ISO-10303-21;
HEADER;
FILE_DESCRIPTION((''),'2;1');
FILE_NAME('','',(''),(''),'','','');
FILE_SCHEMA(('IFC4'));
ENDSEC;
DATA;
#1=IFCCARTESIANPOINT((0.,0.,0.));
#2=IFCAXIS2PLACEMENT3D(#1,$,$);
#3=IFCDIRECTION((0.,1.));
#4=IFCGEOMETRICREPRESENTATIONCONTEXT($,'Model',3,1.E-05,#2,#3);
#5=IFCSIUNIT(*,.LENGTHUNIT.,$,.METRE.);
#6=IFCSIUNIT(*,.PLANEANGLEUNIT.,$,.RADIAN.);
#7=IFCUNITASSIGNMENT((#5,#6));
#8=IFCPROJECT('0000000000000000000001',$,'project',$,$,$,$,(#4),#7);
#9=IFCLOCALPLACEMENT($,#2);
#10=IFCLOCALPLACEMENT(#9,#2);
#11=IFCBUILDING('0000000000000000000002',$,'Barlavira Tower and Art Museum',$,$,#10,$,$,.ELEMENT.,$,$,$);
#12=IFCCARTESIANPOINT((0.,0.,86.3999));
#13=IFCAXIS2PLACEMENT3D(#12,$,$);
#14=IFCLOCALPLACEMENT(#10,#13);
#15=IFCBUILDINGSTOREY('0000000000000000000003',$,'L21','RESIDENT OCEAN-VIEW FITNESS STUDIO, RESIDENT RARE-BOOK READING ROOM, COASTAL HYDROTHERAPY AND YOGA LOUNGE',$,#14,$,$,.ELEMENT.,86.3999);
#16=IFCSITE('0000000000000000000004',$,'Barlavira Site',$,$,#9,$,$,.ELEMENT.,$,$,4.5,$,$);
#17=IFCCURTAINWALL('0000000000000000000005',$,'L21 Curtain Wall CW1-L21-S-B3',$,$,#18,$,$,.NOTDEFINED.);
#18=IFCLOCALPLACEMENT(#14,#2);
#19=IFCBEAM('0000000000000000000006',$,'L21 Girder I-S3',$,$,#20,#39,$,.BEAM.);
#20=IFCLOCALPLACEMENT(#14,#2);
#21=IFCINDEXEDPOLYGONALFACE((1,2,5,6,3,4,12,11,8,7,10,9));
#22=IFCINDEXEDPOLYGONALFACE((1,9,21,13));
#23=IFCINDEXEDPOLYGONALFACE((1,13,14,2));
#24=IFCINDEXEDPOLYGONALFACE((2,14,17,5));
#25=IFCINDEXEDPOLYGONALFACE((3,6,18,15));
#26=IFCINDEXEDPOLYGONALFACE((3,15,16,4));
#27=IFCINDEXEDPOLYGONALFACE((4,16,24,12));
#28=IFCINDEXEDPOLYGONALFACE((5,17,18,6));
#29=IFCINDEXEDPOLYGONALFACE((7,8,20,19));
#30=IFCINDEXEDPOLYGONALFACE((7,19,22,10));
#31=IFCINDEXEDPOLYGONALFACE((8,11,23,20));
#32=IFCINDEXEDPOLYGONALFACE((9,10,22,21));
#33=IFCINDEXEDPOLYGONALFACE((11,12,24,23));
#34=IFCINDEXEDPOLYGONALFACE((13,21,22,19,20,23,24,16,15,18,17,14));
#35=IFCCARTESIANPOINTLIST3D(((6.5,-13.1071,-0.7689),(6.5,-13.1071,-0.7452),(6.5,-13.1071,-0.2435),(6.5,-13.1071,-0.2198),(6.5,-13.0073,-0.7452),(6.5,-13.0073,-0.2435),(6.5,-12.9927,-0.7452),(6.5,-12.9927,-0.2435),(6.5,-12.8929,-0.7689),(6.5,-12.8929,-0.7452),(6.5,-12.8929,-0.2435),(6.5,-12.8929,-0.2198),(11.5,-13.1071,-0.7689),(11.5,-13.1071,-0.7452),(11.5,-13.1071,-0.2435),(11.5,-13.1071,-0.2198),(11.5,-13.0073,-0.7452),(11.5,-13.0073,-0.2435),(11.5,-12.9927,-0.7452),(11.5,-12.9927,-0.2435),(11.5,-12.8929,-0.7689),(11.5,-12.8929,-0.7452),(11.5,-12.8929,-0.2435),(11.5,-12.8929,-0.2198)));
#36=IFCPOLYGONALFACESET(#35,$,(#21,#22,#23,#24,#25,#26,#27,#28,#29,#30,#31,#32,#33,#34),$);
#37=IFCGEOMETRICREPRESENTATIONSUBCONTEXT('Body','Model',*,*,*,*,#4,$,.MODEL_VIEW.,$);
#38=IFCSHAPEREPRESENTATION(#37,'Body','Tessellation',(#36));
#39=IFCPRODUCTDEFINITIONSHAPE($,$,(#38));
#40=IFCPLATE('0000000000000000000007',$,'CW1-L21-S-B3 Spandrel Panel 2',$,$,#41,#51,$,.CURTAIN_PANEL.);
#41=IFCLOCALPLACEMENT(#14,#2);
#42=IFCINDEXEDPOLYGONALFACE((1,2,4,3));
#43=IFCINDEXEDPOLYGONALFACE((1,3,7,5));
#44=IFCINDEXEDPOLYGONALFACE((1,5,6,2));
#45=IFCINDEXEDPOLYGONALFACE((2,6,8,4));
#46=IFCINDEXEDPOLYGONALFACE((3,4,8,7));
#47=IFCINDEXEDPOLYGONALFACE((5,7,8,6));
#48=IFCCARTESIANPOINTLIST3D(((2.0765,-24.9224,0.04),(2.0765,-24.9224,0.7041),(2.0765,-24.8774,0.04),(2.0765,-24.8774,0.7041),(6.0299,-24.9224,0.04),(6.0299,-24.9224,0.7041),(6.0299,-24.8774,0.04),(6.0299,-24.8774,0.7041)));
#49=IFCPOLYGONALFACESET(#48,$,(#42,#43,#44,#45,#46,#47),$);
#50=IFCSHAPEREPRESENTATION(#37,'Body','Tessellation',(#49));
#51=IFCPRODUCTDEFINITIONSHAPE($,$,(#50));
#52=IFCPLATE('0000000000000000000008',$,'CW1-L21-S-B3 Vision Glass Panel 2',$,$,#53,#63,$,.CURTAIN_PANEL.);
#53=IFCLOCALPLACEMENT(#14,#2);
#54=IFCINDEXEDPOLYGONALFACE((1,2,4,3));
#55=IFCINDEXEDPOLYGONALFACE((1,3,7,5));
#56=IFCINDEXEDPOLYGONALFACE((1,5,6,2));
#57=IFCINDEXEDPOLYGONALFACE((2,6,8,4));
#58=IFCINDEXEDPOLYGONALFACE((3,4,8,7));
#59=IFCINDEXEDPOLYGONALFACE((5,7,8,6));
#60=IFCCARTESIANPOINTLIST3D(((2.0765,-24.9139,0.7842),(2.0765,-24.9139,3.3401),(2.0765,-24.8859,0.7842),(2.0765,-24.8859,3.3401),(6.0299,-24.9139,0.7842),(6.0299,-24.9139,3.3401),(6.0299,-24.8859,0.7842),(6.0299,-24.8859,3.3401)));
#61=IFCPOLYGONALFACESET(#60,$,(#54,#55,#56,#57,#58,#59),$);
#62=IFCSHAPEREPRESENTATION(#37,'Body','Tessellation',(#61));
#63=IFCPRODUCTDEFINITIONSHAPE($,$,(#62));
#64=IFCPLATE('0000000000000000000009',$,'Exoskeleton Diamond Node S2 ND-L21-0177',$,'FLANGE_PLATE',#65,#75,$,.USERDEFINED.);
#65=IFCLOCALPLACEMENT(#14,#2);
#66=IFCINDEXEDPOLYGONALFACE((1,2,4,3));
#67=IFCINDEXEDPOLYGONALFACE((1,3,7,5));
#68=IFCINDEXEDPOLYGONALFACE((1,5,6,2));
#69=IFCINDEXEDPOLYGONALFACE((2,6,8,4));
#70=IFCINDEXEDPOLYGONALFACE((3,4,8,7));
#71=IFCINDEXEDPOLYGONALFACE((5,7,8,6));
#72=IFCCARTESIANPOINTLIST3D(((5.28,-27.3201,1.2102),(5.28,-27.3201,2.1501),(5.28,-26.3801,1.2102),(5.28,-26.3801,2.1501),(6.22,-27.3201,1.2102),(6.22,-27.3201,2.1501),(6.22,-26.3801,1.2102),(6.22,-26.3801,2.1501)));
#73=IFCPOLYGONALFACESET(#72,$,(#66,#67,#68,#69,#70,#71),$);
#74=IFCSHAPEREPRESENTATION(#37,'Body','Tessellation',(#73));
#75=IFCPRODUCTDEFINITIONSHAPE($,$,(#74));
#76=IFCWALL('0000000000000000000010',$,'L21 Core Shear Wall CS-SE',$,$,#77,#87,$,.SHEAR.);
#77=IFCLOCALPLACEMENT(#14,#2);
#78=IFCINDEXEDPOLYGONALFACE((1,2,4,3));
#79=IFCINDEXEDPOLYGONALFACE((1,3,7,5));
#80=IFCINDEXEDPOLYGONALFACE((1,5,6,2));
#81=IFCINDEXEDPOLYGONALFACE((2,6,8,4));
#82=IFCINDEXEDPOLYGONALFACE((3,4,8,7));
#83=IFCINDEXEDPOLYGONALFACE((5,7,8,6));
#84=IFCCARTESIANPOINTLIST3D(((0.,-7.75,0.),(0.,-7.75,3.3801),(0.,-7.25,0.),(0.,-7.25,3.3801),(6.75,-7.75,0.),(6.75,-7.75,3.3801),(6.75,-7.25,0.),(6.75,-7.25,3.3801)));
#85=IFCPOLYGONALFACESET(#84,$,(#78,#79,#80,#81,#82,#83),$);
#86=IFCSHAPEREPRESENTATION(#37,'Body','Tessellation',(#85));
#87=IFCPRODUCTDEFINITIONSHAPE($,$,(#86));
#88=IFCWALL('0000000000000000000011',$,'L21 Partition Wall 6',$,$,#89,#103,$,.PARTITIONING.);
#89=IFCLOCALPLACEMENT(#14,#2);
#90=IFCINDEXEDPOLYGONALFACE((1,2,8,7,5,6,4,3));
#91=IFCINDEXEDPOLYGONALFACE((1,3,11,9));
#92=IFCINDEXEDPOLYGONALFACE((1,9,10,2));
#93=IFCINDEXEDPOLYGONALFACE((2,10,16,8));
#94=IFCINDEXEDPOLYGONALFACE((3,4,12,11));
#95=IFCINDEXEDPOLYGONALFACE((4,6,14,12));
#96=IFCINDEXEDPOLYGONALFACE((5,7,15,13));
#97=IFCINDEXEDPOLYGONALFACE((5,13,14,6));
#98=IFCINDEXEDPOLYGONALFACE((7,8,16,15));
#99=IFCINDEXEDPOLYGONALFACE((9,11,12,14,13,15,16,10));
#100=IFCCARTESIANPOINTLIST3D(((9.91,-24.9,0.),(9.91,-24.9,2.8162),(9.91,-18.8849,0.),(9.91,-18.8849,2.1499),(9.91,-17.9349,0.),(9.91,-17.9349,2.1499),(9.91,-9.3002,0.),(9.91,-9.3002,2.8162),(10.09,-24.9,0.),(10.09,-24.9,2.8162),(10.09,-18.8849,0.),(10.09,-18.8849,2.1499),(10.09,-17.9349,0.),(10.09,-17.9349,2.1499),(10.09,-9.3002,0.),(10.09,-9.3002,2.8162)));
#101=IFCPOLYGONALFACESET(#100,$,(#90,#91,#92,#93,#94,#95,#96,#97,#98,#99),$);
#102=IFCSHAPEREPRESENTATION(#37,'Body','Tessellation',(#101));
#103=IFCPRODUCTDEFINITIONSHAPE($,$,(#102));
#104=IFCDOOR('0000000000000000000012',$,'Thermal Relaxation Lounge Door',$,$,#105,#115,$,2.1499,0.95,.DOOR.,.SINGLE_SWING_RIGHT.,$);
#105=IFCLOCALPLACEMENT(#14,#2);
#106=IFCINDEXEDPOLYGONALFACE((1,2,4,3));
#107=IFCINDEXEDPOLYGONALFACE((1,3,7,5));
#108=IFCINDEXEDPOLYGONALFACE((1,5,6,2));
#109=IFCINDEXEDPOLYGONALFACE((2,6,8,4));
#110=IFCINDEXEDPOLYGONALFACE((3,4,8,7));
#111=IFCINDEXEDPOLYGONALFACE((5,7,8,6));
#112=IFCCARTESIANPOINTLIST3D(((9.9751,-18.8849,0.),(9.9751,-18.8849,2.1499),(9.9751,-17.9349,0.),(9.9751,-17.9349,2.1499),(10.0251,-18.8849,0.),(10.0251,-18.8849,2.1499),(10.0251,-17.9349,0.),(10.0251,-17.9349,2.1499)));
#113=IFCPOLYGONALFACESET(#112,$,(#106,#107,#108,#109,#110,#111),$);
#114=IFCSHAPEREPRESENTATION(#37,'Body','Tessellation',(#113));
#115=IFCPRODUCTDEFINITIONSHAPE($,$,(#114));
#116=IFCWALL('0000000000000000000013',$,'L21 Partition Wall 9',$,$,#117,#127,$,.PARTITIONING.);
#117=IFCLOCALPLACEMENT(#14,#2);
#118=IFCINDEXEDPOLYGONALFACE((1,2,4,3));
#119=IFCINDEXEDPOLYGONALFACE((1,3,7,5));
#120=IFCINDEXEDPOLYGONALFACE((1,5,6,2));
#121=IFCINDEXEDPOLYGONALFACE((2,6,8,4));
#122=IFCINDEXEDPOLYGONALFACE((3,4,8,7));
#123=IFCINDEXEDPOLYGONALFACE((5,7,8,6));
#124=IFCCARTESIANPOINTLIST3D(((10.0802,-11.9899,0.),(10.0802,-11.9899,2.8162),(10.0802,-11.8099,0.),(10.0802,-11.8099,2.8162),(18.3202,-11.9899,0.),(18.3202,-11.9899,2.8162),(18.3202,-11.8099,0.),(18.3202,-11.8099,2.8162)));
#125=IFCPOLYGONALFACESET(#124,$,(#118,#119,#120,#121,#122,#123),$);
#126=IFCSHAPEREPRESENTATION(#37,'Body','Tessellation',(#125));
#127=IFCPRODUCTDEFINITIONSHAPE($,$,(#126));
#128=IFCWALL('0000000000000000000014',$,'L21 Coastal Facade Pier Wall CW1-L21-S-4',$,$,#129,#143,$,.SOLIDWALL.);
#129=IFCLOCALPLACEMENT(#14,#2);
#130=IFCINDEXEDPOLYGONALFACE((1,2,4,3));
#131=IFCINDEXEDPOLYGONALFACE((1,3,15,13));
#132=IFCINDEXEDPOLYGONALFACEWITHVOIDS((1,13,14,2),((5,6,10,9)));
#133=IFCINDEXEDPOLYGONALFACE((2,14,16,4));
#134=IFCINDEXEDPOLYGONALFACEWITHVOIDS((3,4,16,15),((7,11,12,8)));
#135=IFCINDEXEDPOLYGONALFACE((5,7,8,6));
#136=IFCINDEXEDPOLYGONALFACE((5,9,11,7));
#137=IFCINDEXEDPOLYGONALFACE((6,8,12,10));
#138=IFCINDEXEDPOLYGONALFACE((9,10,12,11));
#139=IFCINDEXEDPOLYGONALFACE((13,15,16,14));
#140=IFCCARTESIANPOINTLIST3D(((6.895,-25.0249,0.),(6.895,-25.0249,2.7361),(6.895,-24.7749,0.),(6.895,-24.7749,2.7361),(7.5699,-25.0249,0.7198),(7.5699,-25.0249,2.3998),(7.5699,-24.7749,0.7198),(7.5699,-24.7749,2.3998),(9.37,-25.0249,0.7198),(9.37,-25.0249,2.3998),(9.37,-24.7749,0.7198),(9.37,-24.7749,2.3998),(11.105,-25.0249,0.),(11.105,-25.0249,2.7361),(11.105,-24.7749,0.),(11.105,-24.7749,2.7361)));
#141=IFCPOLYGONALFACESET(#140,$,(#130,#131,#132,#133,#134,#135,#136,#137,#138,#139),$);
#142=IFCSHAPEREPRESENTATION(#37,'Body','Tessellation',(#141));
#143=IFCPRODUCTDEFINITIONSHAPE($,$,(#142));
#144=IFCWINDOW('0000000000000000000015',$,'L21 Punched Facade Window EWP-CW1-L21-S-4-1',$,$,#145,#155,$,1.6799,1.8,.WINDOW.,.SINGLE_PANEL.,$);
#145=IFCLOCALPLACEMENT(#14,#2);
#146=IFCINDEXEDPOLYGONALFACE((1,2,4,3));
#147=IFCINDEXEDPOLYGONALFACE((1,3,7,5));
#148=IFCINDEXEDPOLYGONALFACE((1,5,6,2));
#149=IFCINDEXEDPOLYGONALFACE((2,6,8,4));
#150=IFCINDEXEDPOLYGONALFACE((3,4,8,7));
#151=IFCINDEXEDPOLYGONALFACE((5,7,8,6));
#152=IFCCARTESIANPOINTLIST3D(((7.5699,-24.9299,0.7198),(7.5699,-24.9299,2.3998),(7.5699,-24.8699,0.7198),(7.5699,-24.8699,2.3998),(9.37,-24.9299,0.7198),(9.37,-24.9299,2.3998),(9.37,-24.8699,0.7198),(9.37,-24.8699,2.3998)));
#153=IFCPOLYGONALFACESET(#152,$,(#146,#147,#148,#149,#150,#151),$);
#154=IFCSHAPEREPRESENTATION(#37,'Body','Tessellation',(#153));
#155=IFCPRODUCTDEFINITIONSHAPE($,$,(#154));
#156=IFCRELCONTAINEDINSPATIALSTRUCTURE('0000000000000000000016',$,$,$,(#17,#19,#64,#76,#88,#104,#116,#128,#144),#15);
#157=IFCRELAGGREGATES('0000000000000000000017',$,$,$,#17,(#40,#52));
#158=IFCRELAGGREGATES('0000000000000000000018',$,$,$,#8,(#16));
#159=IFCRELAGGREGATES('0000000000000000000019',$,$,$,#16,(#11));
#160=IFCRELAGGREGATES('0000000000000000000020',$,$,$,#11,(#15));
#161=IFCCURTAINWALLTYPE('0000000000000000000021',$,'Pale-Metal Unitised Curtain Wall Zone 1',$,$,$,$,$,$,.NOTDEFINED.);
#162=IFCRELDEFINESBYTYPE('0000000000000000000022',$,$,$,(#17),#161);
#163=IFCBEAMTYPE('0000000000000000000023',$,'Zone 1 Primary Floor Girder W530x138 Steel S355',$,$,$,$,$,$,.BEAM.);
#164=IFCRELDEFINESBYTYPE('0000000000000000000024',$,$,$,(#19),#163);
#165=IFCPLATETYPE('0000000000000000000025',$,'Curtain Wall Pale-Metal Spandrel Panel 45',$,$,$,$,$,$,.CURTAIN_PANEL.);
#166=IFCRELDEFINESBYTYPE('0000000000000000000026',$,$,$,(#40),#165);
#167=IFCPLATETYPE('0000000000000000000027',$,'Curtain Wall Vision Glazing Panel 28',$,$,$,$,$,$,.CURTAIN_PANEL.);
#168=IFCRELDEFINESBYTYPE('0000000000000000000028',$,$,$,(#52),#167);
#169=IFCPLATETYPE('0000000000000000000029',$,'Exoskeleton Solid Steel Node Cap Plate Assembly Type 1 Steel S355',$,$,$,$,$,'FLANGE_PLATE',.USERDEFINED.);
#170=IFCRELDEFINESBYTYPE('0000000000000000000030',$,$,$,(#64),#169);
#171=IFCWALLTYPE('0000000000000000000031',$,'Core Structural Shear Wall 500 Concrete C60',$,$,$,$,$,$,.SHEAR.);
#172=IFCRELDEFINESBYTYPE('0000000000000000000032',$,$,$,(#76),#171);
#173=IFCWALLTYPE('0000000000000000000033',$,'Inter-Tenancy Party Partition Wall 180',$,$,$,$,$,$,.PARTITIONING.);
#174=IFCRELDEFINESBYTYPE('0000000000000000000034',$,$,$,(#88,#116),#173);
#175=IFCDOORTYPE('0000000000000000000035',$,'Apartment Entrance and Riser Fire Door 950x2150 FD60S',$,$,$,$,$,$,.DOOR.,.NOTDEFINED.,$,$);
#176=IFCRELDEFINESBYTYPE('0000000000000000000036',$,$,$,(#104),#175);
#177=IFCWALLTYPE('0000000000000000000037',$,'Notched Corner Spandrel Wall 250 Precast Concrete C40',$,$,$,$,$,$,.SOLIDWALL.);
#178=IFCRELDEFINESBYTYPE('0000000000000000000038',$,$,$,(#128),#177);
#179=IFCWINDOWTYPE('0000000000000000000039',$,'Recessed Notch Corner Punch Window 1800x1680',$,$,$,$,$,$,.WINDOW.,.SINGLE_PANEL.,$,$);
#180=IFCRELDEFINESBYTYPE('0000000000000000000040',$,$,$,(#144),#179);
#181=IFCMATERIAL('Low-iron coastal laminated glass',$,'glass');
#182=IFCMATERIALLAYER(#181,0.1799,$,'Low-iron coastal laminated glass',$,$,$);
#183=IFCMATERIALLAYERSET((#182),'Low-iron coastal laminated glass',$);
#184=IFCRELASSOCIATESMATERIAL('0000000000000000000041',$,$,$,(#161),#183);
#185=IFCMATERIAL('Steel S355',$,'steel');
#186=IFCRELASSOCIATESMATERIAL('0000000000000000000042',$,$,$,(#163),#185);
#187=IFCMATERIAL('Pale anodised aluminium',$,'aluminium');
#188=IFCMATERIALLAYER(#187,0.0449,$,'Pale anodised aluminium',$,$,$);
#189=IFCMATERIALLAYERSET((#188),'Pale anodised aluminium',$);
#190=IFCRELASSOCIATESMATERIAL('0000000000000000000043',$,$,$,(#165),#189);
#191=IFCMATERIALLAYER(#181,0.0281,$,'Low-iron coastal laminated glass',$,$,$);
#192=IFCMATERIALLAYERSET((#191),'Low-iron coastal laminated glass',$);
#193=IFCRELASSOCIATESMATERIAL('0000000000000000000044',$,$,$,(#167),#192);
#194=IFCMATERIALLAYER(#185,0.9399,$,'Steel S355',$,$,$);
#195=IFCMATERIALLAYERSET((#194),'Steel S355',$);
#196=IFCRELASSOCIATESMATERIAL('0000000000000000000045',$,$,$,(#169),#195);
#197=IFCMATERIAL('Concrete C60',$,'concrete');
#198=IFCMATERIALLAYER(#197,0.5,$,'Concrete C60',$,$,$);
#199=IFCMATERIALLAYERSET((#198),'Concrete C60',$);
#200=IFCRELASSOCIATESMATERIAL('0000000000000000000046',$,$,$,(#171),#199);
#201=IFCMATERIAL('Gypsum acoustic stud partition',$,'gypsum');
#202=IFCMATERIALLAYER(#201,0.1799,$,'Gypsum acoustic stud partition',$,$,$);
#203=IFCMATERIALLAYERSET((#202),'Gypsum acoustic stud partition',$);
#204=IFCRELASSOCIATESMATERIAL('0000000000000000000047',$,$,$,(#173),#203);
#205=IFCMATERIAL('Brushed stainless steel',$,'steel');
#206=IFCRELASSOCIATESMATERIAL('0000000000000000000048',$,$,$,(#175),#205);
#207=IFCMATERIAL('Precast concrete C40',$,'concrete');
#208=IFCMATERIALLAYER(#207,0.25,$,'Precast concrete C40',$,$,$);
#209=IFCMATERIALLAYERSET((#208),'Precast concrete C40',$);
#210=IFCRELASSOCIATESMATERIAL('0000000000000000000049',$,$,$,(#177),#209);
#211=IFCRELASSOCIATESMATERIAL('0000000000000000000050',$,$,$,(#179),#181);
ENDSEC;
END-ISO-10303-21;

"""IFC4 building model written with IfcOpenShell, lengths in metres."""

from ifc_helpers import new_model, si_unit, direction, frame, frame_2d, origin, origin_2d, place, context, subcontext, project, spatial, rectangle, i_section, extrude, material, layer, layer_set, material_profile, profile_set, type_object, element, fill, aggregate, save


model = new_model("IFC4")

# Units and contexts
model_context = context("Model", 3, precision=1e-05, world=origin(), true_north=direction((0.0, 1.0)))
body_context = subcontext(model_context, "Body", "Model", "MODEL_VIEW")
ifc_project = project(units=[si_unit("LENGTHUNIT", "METRE"), si_unit("PLANEANGLEUNIT", "RADIAN")], contexts=[model_context])

# Site, building, storey
site_placement = place(None, origin())
site = spatial("IfcSite", under=ifc_project, at=site_placement, Name="Barlavira Site", CompositionType="ELEMENT", RefElevation=4.5)
building_placement = place(site_placement, origin())
building = spatial("IfcBuilding", under=site, at=building_placement, Name="Barlavira Tower and Art Museum", CompositionType="ELEMENT")
storey_placement = place(building_placement, frame((0.0, 0.0, 86.3999)))
storey = spatial("IfcBuildingStorey", under=building, at=storey_placement, Name="L21", Description="RESIDENT OCEAN-VIEW FITNESS STUDIO, RESIDENT RARE-BOOK READING ROOM, COASTAL HYDROTHERAPY AND YOGA LOUNGE", CompositionType="ELEMENT", Elevation=86.3999)

# Shared definitions
ifc_material_1 = material(Name="Concrete C60", Category="concrete")

# Curtain wall
ifc_material_2 = material(Name="Low-iron coastal laminated glass", Category="glass")
ifc_layer_1 = layer(ifc_material_2, 0.1799, Name="Low-iron coastal laminated glass")
ifc_layer_set_1 = layer_set([ifc_layer_1], Name="Low-iron coastal laminated glass")
curtain_wall_type = type_object("IfcCurtainWallType", Name="Pale-Metal Unitised Curtain Wall Zone 1", PredefinedType="NOTDEFINED", material=ifc_layer_set_1)
curtain_wall_placement = place(storey_placement, origin())
curtain_wall = element("IfcCurtainWall", 1, at=curtain_wall_placement, inside=storey, type_object=curtain_wall_type, Name="L21 Curtain Wall CW1-L21-S-B3", PredefinedType="NOTDEFINED")
ifc_material_3 = material(Name="Pale anodised aluminium", Category="aluminium")

# Beam
ifc_material_4 = material(Name="Steel S355", Category="steel")
ifc_material_profile_1 = material_profile(ifc_material_4, i_section(OverallWidth=0.2141, OverallDepth=0.5491, WebThickness=0.0146, FlangeThickness=0.0237, at=origin_2d()), Name="W530x138.0")
ifc_profile_set_1 = profile_set([ifc_material_profile_1], Name="Steel S355")
beam_type_1 = type_object("IfcBeamType", Name="Zone 1 Primary Floor Girder W530x138 Steel S355", PredefinedType="BEAM", material=ifc_profile_set_1)
beam_1_placement = place(storey_placement, frame((6.5, -13.0, -0.4944), z_axis=(1.0, 0.0, 0.0), x_axis=(0.0, 1.0, 0.0)))
element("IfcBeam", 2, at=beam_1_placement, inside=storey, type_object=beam_type_1, Name="L21 Girder I-S3", PredefinedType="BEAM", context=body_context, shape_type="SweptSolid", body=[
    extrude(i_section(OverallWidth=0.2141, OverallDepth=0.5491, WebThickness=0.0146, FlangeThickness=0.0237, at=origin_2d()), origin(), (0.0, 0.0, 1.0), 5.0),
])

# Plates
ifc_layer_2 = layer(ifc_material_3, 0.0449, Name="Pale anodised aluminium")
ifc_layer_set_2 = layer_set([ifc_layer_2], Name="Pale anodised aluminium")
plate_type_1 = type_object("IfcPlateType", Name="Curtain Wall Pale-Metal Spandrel Panel 45", PredefinedType="CURTAIN_PANEL", material=ifc_layer_set_2)
plate_1_placement = place(storey_placement, frame((4.0532, -24.8999, 0.04), z_axis=(0.0, 0.0, 1.0), x_axis=(1.0, 0.0, 0.0)))
plate_1 = element("IfcPlate", 3, at=plate_1_placement, type_object=plate_type_1, Name="CW1-L21-S-B3 Spandrel Panel 2", PredefinedType="CURTAIN_PANEL", context=body_context, shape_type="SweptSolid", body=[
    extrude(rectangle(XDim=3.9534, YDim=0.0449, at=origin_2d()), origin(), (0.0, 0.0, 1.0), 0.6641),
])
ifc_layer_3 = layer(ifc_material_2, 0.0281, Name="Low-iron coastal laminated glass")
ifc_layer_set_3 = layer_set([ifc_layer_3], Name="Low-iron coastal laminated glass")
plate_type_2 = type_object("IfcPlateType", Name="Curtain Wall Vision Glazing Panel 28", PredefinedType="CURTAIN_PANEL", material=ifc_layer_set_3)
plate_2_placement = place(storey_placement, frame((4.0532, -24.8999, 0.7842), z_axis=(0.0, 0.0, 1.0), x_axis=(1.0, 0.0, 0.0)))
plate_2 = element("IfcPlate", 4, at=plate_2_placement, type_object=plate_type_2, Name="CW1-L21-S-B3 Vision Glass Panel 2", PredefinedType="CURTAIN_PANEL", context=body_context, shape_type="SweptSolid", body=[
    extrude(rectangle(XDim=3.9534, YDim=0.0281, at=origin_2d()), origin(), (0.0, 0.0, 1.0), 2.5559),
])
aggregate(curtain_wall, [plate_1, plate_2])
ifc_layer_4 = layer(ifc_material_4, 0.9399, Name="Steel S355")
ifc_layer_set_4 = layer_set([ifc_layer_4], Name="Steel S355")
plate_type_3 = type_object("IfcPlateType", Name="Exoskeleton Solid Steel Node Cap Plate Assembly Type 1 Steel S355", ElementType="FLANGE_PLATE", PredefinedType="USERDEFINED", material=ifc_layer_set_4)
plate_3_placement = place(storey_placement, frame((5.75, -26.8501, 1.2102), z_axis=(0.0, 0.0, 1.0), x_axis=(1.0, 0.0, 0.0)))
element("IfcPlate", 5, at=plate_3_placement, inside=storey, type_object=plate_type_3, Name="Exoskeleton Diamond Node S2 ND-L21-0177", ObjectType="FLANGE_PLATE", PredefinedType="USERDEFINED", context=body_context, shape_type="SweptSolid", body=[
    extrude(rectangle(XDim=0.9399, YDim=0.9399, at=origin_2d()), origin(), (0.0, 0.0, 1.0), 0.9399),
])

# Wall
ifc_layer_5 = layer(ifc_material_1, 0.5, Name="Concrete C60")
ifc_layer_set_5 = layer_set([ifc_layer_5], Name="Concrete C60")
wall_type_1 = type_object("IfcWallType", Name="Core Structural Shear Wall 500 Concrete C60", PredefinedType="SHEAR", material=ifc_layer_set_5)
wall_1_placement = place(storey_placement, frame((0.0, -7.5, 0.0), z_axis=(0.0, 0.0, 1.0), x_axis=(1.0, 0.0, 0.0)))
element("IfcWall", 6, at=wall_1_placement, inside=storey, type_object=wall_type_1, Name="L21 Core Shear Wall CS-SE", PredefinedType="SHEAR", context=body_context, shape_type="SweptSolid", body=[
    extrude(rectangle(XDim=6.75, YDim=0.5, at=frame_2d((3.375, 0.0))), origin(), (0.0, 0.0, 1.0), 3.3801),
])

# Wall, opening, door
ifc_material_5 = material(Name="Gypsum acoustic stud partition", Category="gypsum")
ifc_layer_6 = layer(ifc_material_5, 0.1799, Name="Gypsum acoustic stud partition")
ifc_layer_set_6 = layer_set([ifc_layer_6], Name="Gypsum acoustic stud partition")
wall_type_2 = type_object("IfcWallType", Name="Inter-Tenancy Party Partition Wall 180", PredefinedType="PARTITIONING", material=ifc_layer_set_6)
wall_2_placement = place(storey_placement, frame((10.0, -24.8999, 0.0), z_axis=(0.0, 0.0, 1.0), x_axis=(0.0, 1.0, 0.0)))
wall_2 = element("IfcWall", 7, at=wall_2_placement, inside=storey, type_object=wall_type_2, Name="L21 Partition Wall 6", PredefinedType="PARTITIONING", context=body_context, shape_type="SweptSolid", body=[
    extrude(rectangle(XDim=15.5999, YDim=0.1799, at=frame_2d((7.7998, 0.0))), origin(), (0.0, 0.0, 1.0), 2.8162),
])
opening_1_placement = place(wall_2_placement, frame((6.0149, 0.0, 0.0)))
opening_1 = element("IfcOpeningElement", 8, at=opening_1_placement, cuts=wall_2, PredefinedType="OPENING", context=body_context, shape_type="SweptSolid", body=[
    extrude(rectangle(XDim=0.95, YDim=2.1499, at=frame_2d((0.4751, 1.075))), frame((0.0, 0.1001, 0.0), z_axis=(0.0, -1.0, 0.0), x_axis=(1.0, 0.0, 0.0)), (0.0, 0.0, 1.0), 0.2),
])
ifc_material_6 = material(Name="Brushed stainless steel", Category="steel")
door_type = type_object("IfcDoorType", Name="Apartment Entrance and Riser Fire Door 950x2150 FD60S", OperationType="NOTDEFINED", PredefinedType="DOOR", material=ifc_material_6)
door_placement = place(opening_1_placement, origin())
door = element("IfcDoor", 9, at=door_placement, inside=storey, type_object=door_type, Name="Thermal Relaxation Lounge Door", OperationType="SINGLE_SWING_RIGHT", OverallHeight=2.1499, OverallWidth=0.95, PredefinedType="DOOR", context=body_context, shape_type="SweptSolid", body=[
    extrude(rectangle(XDim=0.95, YDim=2.1499, at=frame_2d((0.4751, 1.075))), frame((0.0, 0.0249, 0.0), z_axis=(0.0, -1.0, 0.0), x_axis=(1.0, 0.0, 0.0)), (0.0, 0.0, 1.0), 0.05),
])
fill(opening_1, door)

# Wall
wall_3_placement = place(storey_placement, frame((10.0801, -11.8999, 0.0), z_axis=(0.0, 0.0, 1.0), x_axis=(1.0, 0.0, 0.0)))
element("IfcWall", 10, at=wall_3_placement, inside=storey, type_object=wall_type_2, Name="L21 Partition Wall 9", PredefinedType="PARTITIONING", context=body_context, shape_type="SweptSolid", body=[
    extrude(rectangle(XDim=8.24, YDim=0.1799, at=frame_2d((4.1201, 0.0))), origin(), (0.0, 0.0, 1.0), 2.8162),
])

# Wall, opening, window
ifc_material_7 = material(Name="Precast concrete C40", Category="concrete")
ifc_layer_7 = layer(ifc_material_7, 0.25, Name="Precast concrete C40")
ifc_layer_set_7 = layer_set([ifc_layer_7], Name="Precast concrete C40")
wall_type_3 = type_object("IfcWallType", Name="Notched Corner Spandrel Wall 250 Precast Concrete C40", PredefinedType="SOLIDWALL", material=ifc_layer_set_7)
wall_4_placement = place(storey_placement, frame((6.895, -24.8999, 0.0), z_axis=(0.0, 0.0, 1.0), x_axis=(1.0, 0.0, 0.0)))
wall_4 = element("IfcWall", 11, at=wall_4_placement, inside=storey, type_object=wall_type_3, Name="L21 Coastal Facade Pier Wall CW1-L21-S-4", PredefinedType="SOLIDWALL", context=body_context, shape_type="SweptSolid", body=[
    extrude(rectangle(XDim=4.21, YDim=0.25, at=frame_2d((2.105, 0.0))), origin(), (0.0, 0.0, 1.0), 2.7361),
])
opening_2_placement = place(wall_4_placement, frame((0.675, 0.0, 0.72)))
opening_2 = element("IfcOpeningElement", 12, at=opening_2_placement, cuts=wall_4, PredefinedType="OPENING", context=body_context, shape_type="SweptSolid", body=[
    extrude(rectangle(XDim=1.8, YDim=1.6799, at=frame_2d((0.8999, 0.8398))), frame((0.0, 0.135, 0.0), z_axis=(0.0, -1.0, 0.0), x_axis=(1.0, 0.0, 0.0)), (0.0, 0.0, 1.0), 0.27),
])
window_type = type_object("IfcWindowType", Name="Recessed Notch Corner Punch Window 1800x1680", PartitioningType="SINGLE_PANEL", PredefinedType="WINDOW", material=ifc_material_2)
window_placement = place(opening_2_placement, origin())
window = element("IfcWindow", 13, at=window_placement, inside=storey, type_object=window_type, Name="L21 Punched Facade Window EWP-CW1-L21-S-4-1", OverallHeight=1.6799, OverallWidth=1.8, PartitioningType="SINGLE_PANEL", PredefinedType="WINDOW", context=body_context, shape_type="SweptSolid", body=[
    extrude(rectangle(XDim=1.8, YDim=1.6799, at=frame_2d((0.8999, 0.8398))), frame((0.0, 0.03, 0.0), z_axis=(0.0, -1.0, 0.0), x_axis=(1.0, 0.0, 0.0)), (0.0, 0.0, 1.0), 0.0601),
])
fill(opening_2, window)

save(model, "model.ifc")
